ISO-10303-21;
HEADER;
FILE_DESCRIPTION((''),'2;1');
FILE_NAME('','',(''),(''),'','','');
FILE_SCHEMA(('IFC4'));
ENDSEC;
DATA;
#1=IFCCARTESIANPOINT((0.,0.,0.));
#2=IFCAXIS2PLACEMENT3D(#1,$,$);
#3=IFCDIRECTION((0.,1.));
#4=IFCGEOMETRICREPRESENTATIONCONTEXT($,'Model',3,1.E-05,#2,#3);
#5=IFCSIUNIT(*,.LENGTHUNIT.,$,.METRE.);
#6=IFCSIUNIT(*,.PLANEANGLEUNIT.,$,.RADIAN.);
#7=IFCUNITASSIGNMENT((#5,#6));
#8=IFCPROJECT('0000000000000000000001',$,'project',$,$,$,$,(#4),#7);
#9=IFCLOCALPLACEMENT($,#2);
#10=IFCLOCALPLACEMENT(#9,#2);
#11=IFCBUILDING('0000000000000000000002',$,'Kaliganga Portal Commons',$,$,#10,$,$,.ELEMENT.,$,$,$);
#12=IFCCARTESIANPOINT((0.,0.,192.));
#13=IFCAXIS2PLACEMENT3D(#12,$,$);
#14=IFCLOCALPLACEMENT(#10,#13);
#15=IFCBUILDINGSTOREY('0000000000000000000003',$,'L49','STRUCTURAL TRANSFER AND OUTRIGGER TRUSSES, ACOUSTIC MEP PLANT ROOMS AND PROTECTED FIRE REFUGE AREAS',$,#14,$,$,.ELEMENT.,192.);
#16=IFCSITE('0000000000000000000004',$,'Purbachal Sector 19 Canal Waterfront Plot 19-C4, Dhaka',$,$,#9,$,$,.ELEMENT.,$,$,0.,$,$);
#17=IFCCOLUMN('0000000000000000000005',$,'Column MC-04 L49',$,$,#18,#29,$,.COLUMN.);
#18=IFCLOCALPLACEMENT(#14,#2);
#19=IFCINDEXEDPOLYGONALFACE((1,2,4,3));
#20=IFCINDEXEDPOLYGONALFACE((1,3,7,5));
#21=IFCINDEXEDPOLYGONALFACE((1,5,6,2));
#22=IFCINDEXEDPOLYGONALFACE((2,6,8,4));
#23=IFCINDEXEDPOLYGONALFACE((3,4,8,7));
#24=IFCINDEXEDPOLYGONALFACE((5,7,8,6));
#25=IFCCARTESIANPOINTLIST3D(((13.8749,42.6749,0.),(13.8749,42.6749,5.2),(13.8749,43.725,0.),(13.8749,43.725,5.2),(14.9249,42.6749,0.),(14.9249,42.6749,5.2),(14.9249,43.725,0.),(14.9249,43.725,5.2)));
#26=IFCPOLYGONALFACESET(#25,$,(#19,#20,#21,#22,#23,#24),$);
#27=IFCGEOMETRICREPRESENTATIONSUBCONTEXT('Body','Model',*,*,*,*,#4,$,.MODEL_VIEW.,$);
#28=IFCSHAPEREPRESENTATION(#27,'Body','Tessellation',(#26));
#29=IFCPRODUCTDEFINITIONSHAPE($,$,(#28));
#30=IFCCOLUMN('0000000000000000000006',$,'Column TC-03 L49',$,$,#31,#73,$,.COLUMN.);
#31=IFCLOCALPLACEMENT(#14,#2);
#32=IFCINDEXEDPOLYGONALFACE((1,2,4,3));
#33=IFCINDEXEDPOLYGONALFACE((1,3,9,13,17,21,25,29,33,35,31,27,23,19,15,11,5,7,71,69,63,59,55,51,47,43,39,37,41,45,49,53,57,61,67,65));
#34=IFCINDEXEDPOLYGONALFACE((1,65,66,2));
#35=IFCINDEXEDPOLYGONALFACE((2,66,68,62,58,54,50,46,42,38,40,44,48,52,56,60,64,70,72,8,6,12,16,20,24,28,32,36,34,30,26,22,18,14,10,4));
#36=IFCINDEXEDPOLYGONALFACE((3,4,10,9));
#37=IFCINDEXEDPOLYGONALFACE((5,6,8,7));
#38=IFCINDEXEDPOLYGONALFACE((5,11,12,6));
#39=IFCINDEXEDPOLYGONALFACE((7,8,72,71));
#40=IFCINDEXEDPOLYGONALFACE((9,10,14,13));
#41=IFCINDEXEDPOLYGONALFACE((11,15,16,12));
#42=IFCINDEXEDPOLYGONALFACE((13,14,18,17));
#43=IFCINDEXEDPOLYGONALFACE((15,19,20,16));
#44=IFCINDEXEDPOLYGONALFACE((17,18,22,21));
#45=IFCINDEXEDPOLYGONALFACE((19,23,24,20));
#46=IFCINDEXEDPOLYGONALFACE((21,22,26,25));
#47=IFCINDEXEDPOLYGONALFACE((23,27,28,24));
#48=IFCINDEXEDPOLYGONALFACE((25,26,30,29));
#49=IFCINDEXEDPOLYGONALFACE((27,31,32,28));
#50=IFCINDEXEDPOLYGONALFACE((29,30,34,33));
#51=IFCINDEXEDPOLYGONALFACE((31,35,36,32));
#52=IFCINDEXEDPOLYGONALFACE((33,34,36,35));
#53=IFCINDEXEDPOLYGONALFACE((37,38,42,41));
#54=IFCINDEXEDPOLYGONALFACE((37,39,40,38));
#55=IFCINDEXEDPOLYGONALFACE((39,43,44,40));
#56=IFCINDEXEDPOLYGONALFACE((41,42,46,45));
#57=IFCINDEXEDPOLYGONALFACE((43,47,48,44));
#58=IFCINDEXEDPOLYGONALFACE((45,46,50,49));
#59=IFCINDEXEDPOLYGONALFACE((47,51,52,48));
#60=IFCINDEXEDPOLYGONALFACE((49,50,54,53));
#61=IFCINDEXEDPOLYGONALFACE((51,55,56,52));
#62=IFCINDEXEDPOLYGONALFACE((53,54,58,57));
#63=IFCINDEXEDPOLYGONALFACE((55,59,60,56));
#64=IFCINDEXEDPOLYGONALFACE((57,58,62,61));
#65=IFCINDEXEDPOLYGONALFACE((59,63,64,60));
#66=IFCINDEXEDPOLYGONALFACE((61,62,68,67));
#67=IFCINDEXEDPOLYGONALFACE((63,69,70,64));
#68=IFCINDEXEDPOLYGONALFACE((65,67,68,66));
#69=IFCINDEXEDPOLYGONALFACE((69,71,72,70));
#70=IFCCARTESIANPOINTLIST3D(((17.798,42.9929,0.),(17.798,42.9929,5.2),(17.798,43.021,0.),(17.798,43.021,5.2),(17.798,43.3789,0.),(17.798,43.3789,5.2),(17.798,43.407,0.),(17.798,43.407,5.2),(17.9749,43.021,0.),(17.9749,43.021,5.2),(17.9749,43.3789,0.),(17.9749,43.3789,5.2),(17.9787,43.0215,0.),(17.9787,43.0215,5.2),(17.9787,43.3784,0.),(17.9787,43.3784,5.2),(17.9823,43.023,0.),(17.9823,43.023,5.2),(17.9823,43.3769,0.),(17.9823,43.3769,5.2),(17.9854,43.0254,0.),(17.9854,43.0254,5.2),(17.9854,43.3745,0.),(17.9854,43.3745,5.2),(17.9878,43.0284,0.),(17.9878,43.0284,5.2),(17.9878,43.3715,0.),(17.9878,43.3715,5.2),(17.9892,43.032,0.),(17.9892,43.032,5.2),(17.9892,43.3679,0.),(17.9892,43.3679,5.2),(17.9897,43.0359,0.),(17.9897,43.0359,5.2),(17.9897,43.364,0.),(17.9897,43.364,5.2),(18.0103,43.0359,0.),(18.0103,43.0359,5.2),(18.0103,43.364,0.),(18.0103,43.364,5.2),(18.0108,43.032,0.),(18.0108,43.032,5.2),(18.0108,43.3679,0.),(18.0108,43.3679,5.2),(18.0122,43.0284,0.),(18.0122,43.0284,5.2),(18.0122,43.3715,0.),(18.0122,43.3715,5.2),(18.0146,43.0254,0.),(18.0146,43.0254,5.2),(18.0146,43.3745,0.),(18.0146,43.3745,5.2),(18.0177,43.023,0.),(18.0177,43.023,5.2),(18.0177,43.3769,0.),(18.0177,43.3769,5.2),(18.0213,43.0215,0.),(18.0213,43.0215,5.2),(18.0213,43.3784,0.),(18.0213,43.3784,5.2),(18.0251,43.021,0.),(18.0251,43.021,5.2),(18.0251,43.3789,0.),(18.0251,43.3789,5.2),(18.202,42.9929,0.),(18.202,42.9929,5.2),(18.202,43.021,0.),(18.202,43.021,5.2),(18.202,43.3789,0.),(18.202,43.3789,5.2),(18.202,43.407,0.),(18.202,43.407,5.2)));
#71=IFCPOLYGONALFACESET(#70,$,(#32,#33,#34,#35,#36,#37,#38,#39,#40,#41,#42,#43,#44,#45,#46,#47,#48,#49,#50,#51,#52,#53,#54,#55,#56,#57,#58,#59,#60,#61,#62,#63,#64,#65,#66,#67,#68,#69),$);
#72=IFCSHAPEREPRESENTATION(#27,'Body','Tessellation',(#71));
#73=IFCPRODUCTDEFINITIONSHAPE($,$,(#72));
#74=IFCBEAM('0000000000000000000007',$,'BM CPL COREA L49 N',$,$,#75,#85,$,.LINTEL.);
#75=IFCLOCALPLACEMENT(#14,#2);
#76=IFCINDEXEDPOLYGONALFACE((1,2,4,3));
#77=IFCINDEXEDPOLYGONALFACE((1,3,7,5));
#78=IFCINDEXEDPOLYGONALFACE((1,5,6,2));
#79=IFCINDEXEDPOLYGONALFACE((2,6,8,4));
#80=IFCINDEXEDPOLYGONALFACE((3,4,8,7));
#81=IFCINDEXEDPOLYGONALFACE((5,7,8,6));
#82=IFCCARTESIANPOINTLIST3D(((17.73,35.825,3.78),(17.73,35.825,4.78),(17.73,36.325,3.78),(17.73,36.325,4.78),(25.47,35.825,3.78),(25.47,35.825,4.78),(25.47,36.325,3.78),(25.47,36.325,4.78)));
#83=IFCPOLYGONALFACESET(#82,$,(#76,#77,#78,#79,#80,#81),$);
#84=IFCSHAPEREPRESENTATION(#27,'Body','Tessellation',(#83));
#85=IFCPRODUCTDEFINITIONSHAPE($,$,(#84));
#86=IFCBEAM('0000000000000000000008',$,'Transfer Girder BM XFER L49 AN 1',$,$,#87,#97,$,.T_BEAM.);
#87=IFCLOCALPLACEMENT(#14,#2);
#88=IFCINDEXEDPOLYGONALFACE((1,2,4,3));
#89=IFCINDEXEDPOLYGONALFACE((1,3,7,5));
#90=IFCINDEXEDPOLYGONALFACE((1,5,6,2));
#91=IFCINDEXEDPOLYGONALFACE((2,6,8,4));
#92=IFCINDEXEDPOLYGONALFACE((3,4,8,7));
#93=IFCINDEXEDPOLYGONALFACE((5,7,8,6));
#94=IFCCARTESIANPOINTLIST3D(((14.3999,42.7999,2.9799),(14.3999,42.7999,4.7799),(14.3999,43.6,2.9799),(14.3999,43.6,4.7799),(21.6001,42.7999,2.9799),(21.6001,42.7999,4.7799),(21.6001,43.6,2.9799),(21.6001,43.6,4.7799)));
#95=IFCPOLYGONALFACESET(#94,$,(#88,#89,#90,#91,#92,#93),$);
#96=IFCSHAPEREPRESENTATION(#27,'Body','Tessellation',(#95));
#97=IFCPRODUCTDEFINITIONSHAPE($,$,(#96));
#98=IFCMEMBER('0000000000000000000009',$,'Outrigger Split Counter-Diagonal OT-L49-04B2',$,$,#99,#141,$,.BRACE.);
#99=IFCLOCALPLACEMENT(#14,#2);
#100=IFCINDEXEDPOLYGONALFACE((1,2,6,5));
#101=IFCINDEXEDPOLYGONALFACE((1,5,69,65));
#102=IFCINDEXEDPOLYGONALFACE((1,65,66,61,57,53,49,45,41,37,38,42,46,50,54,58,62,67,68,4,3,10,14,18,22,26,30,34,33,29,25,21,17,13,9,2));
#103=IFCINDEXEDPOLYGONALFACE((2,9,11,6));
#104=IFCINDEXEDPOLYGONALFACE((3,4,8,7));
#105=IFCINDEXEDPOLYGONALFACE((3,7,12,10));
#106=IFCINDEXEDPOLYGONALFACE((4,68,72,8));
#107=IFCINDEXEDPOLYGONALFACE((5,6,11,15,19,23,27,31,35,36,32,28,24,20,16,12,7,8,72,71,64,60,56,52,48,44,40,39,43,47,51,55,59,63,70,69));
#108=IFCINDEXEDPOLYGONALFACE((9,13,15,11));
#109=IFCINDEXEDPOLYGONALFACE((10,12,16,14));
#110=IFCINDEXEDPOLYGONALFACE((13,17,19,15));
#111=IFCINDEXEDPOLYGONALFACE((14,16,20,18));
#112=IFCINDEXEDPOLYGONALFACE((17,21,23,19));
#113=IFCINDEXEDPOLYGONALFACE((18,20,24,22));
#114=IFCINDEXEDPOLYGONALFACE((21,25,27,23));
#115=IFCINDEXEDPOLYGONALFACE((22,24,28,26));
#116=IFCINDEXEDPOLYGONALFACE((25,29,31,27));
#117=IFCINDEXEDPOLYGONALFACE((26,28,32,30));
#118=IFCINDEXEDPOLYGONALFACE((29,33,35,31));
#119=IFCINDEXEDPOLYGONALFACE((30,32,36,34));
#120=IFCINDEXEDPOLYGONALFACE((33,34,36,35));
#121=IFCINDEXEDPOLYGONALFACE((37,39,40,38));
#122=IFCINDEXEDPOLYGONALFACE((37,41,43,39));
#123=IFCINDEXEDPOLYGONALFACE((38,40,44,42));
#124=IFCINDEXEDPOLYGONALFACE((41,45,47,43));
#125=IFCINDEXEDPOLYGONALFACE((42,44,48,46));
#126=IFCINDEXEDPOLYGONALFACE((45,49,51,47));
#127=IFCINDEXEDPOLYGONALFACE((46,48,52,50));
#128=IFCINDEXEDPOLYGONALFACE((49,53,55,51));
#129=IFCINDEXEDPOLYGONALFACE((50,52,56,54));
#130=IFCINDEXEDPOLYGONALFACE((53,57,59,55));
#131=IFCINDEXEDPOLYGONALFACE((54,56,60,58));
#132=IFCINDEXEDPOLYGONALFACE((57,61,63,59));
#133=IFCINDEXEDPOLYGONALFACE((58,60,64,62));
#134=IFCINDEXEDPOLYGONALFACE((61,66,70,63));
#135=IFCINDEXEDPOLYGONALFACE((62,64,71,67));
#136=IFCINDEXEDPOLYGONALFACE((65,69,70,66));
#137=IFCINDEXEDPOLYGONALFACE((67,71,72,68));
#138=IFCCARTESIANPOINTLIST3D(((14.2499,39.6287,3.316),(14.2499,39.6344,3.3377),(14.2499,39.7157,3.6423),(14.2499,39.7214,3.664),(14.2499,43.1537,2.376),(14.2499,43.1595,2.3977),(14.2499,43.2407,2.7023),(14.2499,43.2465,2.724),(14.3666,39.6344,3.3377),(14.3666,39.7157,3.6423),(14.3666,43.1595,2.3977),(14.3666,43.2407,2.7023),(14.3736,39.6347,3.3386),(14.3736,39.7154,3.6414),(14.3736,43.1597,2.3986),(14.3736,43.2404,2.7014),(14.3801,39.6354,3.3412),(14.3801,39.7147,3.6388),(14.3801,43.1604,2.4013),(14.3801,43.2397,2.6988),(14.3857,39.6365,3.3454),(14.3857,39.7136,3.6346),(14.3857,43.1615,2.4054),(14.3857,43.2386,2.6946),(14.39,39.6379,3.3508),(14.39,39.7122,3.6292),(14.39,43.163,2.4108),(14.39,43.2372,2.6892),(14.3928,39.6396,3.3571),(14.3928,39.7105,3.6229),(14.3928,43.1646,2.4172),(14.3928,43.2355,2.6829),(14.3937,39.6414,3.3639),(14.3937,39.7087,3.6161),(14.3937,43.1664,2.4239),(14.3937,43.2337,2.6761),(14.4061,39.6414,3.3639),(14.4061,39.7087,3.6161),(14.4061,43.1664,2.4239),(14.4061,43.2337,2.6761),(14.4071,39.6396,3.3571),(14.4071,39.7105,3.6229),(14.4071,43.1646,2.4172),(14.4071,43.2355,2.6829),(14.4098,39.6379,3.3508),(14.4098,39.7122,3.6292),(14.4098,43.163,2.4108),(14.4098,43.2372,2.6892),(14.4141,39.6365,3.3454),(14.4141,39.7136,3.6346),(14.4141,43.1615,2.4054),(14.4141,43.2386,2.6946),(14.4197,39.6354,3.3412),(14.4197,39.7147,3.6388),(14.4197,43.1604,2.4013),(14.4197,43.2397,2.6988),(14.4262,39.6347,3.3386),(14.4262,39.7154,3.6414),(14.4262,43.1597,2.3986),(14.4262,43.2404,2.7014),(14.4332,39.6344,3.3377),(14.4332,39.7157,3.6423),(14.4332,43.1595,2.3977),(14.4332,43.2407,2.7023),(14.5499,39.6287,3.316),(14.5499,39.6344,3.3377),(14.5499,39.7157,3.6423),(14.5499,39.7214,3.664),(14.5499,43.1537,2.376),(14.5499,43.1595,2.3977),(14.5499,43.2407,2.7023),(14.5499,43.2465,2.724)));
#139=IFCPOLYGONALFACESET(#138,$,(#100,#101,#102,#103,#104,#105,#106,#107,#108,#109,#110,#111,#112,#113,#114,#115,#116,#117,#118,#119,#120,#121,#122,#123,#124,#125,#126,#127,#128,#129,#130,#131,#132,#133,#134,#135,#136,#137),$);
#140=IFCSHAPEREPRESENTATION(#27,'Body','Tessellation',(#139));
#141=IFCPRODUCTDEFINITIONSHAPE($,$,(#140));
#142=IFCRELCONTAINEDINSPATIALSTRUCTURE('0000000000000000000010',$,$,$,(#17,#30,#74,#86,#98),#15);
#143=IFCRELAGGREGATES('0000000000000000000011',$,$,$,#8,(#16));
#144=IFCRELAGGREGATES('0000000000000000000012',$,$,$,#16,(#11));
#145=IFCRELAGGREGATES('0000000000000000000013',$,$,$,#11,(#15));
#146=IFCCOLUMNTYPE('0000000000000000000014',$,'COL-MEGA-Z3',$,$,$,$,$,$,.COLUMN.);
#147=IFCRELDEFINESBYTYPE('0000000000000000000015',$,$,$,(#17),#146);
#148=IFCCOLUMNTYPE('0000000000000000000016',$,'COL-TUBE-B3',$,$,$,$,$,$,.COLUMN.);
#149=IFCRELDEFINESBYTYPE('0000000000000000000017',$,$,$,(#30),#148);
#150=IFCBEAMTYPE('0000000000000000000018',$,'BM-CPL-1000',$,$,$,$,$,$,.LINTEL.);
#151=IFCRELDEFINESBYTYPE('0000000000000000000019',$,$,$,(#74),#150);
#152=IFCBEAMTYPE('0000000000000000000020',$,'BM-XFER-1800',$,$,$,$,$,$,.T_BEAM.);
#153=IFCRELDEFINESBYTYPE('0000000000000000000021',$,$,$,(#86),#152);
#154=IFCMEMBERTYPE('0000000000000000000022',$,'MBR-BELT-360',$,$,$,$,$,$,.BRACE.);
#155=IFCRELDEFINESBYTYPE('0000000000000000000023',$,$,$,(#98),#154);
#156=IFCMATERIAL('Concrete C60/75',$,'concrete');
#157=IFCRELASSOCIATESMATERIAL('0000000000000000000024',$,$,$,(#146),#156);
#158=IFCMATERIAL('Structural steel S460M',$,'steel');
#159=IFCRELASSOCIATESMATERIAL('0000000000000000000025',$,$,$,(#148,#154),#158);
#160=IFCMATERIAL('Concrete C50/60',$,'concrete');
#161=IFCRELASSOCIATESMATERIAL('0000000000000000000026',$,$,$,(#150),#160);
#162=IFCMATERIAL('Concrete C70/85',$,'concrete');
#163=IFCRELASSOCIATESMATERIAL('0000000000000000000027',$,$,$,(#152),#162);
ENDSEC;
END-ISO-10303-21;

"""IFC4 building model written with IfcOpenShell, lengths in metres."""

from ifc_helpers import new_model, si_unit, direction, frame, origin, origin_2d, place, context, subcontext, project, spatial, rectangle, i_section, extrude, source, transform, mapped, material, material_profile, profile_set, type_object, element, save


model = new_model("IFC4")

# Units and contexts
model_context = context("Model", 3, precision=1e-05, world=origin(), true_north=direction((0.0, 1.0)))
body_context = subcontext(model_context, "Body", "Model", "MODEL_VIEW")
ifc_project = project(units=[si_unit("LENGTHUNIT", "METRE"), si_unit("PLANEANGLEUNIT", "RADIAN")], contexts=[model_context])

# Site, building, storey
site_placement = place(None, origin())
site = spatial("IfcSite", under=ifc_project, at=site_placement, Name="Purbachal Sector 19 Canal Waterfront Plot 19-C4, Dhaka", CompositionType="ELEMENT", RefElevation=0.0)
building_placement = place(site_placement, origin())
building = spatial("IfcBuilding", under=site, at=building_placement, Name="Kaliganga Portal Commons", CompositionType="ELEMENT")
storey_placement = place(building_placement, frame((0.0, 0.0, 192.0)))
storey = spatial("IfcBuildingStorey", under=building, at=storey_placement, Name="L49", Description="STRUCTURAL TRANSFER AND OUTRIGGER TRUSSES, ACOUSTIC MEP PLANT ROOMS AND PROTECTED FIRE REFUGE AREAS", CompositionType="ELEMENT", Elevation=192.0)

# Columns
ifc_material_1 = material(Name="Concrete C60/75", Category="concrete")
ifc_material_profile_1 = material_profile(ifc_material_1, rectangle(XDim=1.05, YDim=1.05, at=origin_2d()), Name="RC 1050x1050")
ifc_profile_set_1 = profile_set([ifc_material_profile_1], Name="Concrete C60/75")
column_type_1 = type_object("IfcColumnType", Name="COL-MEGA-Z3", PredefinedType="COLUMN", material=ifc_profile_set_1)
shared_shape_1 = source(origin(), body_context, "Body", "SweptSolid", [
    extrude(rectangle(XDim=1.05, YDim=1.05, at=origin_2d()), origin(), (0.0, 0.0, 1.0), 5.2),
])
column_1_placement = place(storey_placement, frame((14.3999, 43.2, 0.0), z_axis=(0.0, 0.0, 1.0), x_axis=(1.0, 0.0, 0.0)))
element("IfcColumn", 1, at=column_1_placement, inside=storey, type_object=column_type_1, Name="Column MC-04 L49", PredefinedType="COLUMN", context=body_context, shape_type="MappedRepresentation", body=[
    mapped(shared_shape_1, transform((0.0, 0.0, 0.0), x_axis=(1.0, 0.0, 0.0), y_axis=(0.0, 1.0, 0.0), z_axis=(0.0, 0.0, 1.0), scale=1.0)),
])
ifc_material_2 = material(Name="Structural steel S460M", Category="steel")
ifc_material_profile_2 = material_profile(ifc_material_2, i_section(OverallWidth=0.4041, OverallDepth=0.4141, WebThickness=0.0205, FlangeThickness=0.0281, FilletRadius=0.0149, at=origin_2d()), Name="HD 400x347")
ifc_profile_set_2 = profile_set([ifc_material_profile_2], Name="Structural steel S460M wide-flange")
column_type_2 = type_object("IfcColumnType", Name="COL-TUBE-B3", PredefinedType="COLUMN", material=ifc_profile_set_2)
shared_shape_2 = source(origin(), body_context, "Body", "SweptSolid", [
    extrude(i_section(OverallWidth=0.4041, OverallDepth=0.4141, WebThickness=0.0205, FlangeThickness=0.0281, FilletRadius=0.0149, at=origin_2d()), origin(), (0.0, 0.0, 1.0), 5.2),
])
column_2_placement = place(storey_placement, frame((18.0, 43.2, 0.0), z_axis=(0.0, 0.0, 1.0), x_axis=(1.0, 0.0, 0.0)))
element("IfcColumn", 2, at=column_2_placement, inside=storey, type_object=column_type_2, Name="Column TC-03 L49", PredefinedType="COLUMN", context=body_context, shape_type="MappedRepresentation", body=[
    mapped(shared_shape_2, transform((0.0, 0.0, 0.0), x_axis=(1.0, 0.0, 0.0), y_axis=(0.0, 1.0, 0.0), z_axis=(0.0, 0.0, 1.0), scale=1.0)),
])

# Beams
ifc_material_3 = material(Name="Concrete C50/60", Category="concrete")
ifc_material_profile_3 = material_profile(ifc_material_3, rectangle(XDim=0.5, YDim=1.0, at=origin_2d()), Name="RC 500x1000")
ifc_profile_set_3 = profile_set([ifc_material_profile_3], Name="Concrete C50/60")
beam_type_1 = type_object("IfcBeamType", Name="BM-CPL-1000", PredefinedType="LINTEL", material=ifc_profile_set_3)
shared_shape_3 = source(origin(), body_context, "Body", "SweptSolid", [
    extrude(rectangle(XDim=0.5, YDim=1.0, at=origin_2d()), origin(), (0.0, 0.0, 1.0), 7.74),
])
beam_1_placement = place(storey_placement, frame((17.73, 36.075, 4.28), z_axis=(1.0, 0.0, 0.0), x_axis=(0.0, 1.0, 0.0)))
element("IfcBeam", 3, at=beam_1_placement, inside=storey, type_object=beam_type_1, Name="BM CPL COREA L49 N", PredefinedType="LINTEL", context=body_context, shape_type="MappedRepresentation", body=[
    mapped(shared_shape_3, transform((0.0, 0.0, 0.0), x_axis=(1.0, 0.0, 0.0), y_axis=(0.0, 1.0, 0.0), z_axis=(0.0, 0.0, 1.0), scale=1.0)),
])
ifc_material_4 = material(Name="Concrete C70/85", Category="concrete")
ifc_material_profile_4 = material_profile(ifc_material_4, rectangle(XDim=0.8, YDim=1.8, at=origin_2d()), Name="RC 800x1800")
ifc_profile_set_4 = profile_set([ifc_material_profile_4], Name="Concrete C70/85")
beam_type_2 = type_object("IfcBeamType", Name="BM-XFER-1800", PredefinedType="T_BEAM", material=ifc_profile_set_4)
shared_shape_4 = source(origin(), body_context, "Body", "SweptSolid", [
    extrude(rectangle(XDim=0.8, YDim=1.8, at=origin_2d()), origin(), (0.0, 0.0, 1.0), 7.2002),
])
beam_2_placement = place(storey_placement, frame((14.3999, 43.2, 3.8799), z_axis=(1.0, 0.0, 0.0), x_axis=(0.0, 1.0, 0.0)))
element("IfcBeam", 4, at=beam_2_placement, inside=storey, type_object=beam_type_2, Name="Transfer Girder BM XFER L49 AN 1", PredefinedType="T_BEAM", context=body_context, shape_type="MappedRepresentation", body=[
    mapped(shared_shape_4, transform((0.0, 0.0, 0.0), x_axis=(1.0, 0.0, 0.0), y_axis=(0.0, 1.0, 0.0), z_axis=(0.0, 0.0, 1.0), scale=1.0)),
])

# Member
ifc_material_profile_5 = material_profile(ifc_material_2, i_section(OverallWidth=0.3, OverallDepth=0.3601, WebThickness=0.0125, FlangeThickness=0.0225, FilletRadius=0.0271, at=origin_2d()), Name="HE 360 B")
ifc_profile_set_5 = profile_set([ifc_material_profile_5], Name="Structural steel S460M wide-flange")
member_type_1 = type_object("IfcMemberType", Name="MBR-BELT-360", PredefinedType="BRACE", material=ifc_profile_set_5)
shared_shape_5 = source(origin(), body_context, "Body", "SweptSolid", [
    extrude(i_section(OverallWidth=0.3, OverallDepth=0.3601, WebThickness=0.0125, FlangeThickness=0.0225, FilletRadius=0.0271, at=origin_2d()), origin(), (0.0, 0.0, 1.0), 3.6482),
])
member_1_placement = place(storey_placement, frame((14.3999, 39.675, 3.49), z_axis=(0.0, 0.966237, -0.257654), x_axis=(-1.0, 0.0, 0.0)))
element("IfcMember", 5, at=member_1_placement, inside=storey, type_object=member_type_1, Name="Outrigger Split Counter-Diagonal OT-L49-04B2", PredefinedType="BRACE", context=body_context, shape_type="MappedRepresentation", body=[
    mapped(shared_shape_5, transform((0.0, 0.0, 0.0), x_axis=(1.0, 0.0, 0.0), y_axis=(0.0, 1.0, 0.0), z_axis=(0.0, 0.0, 1.0), scale=1.0)),
])

save(model, "model.ifc")
